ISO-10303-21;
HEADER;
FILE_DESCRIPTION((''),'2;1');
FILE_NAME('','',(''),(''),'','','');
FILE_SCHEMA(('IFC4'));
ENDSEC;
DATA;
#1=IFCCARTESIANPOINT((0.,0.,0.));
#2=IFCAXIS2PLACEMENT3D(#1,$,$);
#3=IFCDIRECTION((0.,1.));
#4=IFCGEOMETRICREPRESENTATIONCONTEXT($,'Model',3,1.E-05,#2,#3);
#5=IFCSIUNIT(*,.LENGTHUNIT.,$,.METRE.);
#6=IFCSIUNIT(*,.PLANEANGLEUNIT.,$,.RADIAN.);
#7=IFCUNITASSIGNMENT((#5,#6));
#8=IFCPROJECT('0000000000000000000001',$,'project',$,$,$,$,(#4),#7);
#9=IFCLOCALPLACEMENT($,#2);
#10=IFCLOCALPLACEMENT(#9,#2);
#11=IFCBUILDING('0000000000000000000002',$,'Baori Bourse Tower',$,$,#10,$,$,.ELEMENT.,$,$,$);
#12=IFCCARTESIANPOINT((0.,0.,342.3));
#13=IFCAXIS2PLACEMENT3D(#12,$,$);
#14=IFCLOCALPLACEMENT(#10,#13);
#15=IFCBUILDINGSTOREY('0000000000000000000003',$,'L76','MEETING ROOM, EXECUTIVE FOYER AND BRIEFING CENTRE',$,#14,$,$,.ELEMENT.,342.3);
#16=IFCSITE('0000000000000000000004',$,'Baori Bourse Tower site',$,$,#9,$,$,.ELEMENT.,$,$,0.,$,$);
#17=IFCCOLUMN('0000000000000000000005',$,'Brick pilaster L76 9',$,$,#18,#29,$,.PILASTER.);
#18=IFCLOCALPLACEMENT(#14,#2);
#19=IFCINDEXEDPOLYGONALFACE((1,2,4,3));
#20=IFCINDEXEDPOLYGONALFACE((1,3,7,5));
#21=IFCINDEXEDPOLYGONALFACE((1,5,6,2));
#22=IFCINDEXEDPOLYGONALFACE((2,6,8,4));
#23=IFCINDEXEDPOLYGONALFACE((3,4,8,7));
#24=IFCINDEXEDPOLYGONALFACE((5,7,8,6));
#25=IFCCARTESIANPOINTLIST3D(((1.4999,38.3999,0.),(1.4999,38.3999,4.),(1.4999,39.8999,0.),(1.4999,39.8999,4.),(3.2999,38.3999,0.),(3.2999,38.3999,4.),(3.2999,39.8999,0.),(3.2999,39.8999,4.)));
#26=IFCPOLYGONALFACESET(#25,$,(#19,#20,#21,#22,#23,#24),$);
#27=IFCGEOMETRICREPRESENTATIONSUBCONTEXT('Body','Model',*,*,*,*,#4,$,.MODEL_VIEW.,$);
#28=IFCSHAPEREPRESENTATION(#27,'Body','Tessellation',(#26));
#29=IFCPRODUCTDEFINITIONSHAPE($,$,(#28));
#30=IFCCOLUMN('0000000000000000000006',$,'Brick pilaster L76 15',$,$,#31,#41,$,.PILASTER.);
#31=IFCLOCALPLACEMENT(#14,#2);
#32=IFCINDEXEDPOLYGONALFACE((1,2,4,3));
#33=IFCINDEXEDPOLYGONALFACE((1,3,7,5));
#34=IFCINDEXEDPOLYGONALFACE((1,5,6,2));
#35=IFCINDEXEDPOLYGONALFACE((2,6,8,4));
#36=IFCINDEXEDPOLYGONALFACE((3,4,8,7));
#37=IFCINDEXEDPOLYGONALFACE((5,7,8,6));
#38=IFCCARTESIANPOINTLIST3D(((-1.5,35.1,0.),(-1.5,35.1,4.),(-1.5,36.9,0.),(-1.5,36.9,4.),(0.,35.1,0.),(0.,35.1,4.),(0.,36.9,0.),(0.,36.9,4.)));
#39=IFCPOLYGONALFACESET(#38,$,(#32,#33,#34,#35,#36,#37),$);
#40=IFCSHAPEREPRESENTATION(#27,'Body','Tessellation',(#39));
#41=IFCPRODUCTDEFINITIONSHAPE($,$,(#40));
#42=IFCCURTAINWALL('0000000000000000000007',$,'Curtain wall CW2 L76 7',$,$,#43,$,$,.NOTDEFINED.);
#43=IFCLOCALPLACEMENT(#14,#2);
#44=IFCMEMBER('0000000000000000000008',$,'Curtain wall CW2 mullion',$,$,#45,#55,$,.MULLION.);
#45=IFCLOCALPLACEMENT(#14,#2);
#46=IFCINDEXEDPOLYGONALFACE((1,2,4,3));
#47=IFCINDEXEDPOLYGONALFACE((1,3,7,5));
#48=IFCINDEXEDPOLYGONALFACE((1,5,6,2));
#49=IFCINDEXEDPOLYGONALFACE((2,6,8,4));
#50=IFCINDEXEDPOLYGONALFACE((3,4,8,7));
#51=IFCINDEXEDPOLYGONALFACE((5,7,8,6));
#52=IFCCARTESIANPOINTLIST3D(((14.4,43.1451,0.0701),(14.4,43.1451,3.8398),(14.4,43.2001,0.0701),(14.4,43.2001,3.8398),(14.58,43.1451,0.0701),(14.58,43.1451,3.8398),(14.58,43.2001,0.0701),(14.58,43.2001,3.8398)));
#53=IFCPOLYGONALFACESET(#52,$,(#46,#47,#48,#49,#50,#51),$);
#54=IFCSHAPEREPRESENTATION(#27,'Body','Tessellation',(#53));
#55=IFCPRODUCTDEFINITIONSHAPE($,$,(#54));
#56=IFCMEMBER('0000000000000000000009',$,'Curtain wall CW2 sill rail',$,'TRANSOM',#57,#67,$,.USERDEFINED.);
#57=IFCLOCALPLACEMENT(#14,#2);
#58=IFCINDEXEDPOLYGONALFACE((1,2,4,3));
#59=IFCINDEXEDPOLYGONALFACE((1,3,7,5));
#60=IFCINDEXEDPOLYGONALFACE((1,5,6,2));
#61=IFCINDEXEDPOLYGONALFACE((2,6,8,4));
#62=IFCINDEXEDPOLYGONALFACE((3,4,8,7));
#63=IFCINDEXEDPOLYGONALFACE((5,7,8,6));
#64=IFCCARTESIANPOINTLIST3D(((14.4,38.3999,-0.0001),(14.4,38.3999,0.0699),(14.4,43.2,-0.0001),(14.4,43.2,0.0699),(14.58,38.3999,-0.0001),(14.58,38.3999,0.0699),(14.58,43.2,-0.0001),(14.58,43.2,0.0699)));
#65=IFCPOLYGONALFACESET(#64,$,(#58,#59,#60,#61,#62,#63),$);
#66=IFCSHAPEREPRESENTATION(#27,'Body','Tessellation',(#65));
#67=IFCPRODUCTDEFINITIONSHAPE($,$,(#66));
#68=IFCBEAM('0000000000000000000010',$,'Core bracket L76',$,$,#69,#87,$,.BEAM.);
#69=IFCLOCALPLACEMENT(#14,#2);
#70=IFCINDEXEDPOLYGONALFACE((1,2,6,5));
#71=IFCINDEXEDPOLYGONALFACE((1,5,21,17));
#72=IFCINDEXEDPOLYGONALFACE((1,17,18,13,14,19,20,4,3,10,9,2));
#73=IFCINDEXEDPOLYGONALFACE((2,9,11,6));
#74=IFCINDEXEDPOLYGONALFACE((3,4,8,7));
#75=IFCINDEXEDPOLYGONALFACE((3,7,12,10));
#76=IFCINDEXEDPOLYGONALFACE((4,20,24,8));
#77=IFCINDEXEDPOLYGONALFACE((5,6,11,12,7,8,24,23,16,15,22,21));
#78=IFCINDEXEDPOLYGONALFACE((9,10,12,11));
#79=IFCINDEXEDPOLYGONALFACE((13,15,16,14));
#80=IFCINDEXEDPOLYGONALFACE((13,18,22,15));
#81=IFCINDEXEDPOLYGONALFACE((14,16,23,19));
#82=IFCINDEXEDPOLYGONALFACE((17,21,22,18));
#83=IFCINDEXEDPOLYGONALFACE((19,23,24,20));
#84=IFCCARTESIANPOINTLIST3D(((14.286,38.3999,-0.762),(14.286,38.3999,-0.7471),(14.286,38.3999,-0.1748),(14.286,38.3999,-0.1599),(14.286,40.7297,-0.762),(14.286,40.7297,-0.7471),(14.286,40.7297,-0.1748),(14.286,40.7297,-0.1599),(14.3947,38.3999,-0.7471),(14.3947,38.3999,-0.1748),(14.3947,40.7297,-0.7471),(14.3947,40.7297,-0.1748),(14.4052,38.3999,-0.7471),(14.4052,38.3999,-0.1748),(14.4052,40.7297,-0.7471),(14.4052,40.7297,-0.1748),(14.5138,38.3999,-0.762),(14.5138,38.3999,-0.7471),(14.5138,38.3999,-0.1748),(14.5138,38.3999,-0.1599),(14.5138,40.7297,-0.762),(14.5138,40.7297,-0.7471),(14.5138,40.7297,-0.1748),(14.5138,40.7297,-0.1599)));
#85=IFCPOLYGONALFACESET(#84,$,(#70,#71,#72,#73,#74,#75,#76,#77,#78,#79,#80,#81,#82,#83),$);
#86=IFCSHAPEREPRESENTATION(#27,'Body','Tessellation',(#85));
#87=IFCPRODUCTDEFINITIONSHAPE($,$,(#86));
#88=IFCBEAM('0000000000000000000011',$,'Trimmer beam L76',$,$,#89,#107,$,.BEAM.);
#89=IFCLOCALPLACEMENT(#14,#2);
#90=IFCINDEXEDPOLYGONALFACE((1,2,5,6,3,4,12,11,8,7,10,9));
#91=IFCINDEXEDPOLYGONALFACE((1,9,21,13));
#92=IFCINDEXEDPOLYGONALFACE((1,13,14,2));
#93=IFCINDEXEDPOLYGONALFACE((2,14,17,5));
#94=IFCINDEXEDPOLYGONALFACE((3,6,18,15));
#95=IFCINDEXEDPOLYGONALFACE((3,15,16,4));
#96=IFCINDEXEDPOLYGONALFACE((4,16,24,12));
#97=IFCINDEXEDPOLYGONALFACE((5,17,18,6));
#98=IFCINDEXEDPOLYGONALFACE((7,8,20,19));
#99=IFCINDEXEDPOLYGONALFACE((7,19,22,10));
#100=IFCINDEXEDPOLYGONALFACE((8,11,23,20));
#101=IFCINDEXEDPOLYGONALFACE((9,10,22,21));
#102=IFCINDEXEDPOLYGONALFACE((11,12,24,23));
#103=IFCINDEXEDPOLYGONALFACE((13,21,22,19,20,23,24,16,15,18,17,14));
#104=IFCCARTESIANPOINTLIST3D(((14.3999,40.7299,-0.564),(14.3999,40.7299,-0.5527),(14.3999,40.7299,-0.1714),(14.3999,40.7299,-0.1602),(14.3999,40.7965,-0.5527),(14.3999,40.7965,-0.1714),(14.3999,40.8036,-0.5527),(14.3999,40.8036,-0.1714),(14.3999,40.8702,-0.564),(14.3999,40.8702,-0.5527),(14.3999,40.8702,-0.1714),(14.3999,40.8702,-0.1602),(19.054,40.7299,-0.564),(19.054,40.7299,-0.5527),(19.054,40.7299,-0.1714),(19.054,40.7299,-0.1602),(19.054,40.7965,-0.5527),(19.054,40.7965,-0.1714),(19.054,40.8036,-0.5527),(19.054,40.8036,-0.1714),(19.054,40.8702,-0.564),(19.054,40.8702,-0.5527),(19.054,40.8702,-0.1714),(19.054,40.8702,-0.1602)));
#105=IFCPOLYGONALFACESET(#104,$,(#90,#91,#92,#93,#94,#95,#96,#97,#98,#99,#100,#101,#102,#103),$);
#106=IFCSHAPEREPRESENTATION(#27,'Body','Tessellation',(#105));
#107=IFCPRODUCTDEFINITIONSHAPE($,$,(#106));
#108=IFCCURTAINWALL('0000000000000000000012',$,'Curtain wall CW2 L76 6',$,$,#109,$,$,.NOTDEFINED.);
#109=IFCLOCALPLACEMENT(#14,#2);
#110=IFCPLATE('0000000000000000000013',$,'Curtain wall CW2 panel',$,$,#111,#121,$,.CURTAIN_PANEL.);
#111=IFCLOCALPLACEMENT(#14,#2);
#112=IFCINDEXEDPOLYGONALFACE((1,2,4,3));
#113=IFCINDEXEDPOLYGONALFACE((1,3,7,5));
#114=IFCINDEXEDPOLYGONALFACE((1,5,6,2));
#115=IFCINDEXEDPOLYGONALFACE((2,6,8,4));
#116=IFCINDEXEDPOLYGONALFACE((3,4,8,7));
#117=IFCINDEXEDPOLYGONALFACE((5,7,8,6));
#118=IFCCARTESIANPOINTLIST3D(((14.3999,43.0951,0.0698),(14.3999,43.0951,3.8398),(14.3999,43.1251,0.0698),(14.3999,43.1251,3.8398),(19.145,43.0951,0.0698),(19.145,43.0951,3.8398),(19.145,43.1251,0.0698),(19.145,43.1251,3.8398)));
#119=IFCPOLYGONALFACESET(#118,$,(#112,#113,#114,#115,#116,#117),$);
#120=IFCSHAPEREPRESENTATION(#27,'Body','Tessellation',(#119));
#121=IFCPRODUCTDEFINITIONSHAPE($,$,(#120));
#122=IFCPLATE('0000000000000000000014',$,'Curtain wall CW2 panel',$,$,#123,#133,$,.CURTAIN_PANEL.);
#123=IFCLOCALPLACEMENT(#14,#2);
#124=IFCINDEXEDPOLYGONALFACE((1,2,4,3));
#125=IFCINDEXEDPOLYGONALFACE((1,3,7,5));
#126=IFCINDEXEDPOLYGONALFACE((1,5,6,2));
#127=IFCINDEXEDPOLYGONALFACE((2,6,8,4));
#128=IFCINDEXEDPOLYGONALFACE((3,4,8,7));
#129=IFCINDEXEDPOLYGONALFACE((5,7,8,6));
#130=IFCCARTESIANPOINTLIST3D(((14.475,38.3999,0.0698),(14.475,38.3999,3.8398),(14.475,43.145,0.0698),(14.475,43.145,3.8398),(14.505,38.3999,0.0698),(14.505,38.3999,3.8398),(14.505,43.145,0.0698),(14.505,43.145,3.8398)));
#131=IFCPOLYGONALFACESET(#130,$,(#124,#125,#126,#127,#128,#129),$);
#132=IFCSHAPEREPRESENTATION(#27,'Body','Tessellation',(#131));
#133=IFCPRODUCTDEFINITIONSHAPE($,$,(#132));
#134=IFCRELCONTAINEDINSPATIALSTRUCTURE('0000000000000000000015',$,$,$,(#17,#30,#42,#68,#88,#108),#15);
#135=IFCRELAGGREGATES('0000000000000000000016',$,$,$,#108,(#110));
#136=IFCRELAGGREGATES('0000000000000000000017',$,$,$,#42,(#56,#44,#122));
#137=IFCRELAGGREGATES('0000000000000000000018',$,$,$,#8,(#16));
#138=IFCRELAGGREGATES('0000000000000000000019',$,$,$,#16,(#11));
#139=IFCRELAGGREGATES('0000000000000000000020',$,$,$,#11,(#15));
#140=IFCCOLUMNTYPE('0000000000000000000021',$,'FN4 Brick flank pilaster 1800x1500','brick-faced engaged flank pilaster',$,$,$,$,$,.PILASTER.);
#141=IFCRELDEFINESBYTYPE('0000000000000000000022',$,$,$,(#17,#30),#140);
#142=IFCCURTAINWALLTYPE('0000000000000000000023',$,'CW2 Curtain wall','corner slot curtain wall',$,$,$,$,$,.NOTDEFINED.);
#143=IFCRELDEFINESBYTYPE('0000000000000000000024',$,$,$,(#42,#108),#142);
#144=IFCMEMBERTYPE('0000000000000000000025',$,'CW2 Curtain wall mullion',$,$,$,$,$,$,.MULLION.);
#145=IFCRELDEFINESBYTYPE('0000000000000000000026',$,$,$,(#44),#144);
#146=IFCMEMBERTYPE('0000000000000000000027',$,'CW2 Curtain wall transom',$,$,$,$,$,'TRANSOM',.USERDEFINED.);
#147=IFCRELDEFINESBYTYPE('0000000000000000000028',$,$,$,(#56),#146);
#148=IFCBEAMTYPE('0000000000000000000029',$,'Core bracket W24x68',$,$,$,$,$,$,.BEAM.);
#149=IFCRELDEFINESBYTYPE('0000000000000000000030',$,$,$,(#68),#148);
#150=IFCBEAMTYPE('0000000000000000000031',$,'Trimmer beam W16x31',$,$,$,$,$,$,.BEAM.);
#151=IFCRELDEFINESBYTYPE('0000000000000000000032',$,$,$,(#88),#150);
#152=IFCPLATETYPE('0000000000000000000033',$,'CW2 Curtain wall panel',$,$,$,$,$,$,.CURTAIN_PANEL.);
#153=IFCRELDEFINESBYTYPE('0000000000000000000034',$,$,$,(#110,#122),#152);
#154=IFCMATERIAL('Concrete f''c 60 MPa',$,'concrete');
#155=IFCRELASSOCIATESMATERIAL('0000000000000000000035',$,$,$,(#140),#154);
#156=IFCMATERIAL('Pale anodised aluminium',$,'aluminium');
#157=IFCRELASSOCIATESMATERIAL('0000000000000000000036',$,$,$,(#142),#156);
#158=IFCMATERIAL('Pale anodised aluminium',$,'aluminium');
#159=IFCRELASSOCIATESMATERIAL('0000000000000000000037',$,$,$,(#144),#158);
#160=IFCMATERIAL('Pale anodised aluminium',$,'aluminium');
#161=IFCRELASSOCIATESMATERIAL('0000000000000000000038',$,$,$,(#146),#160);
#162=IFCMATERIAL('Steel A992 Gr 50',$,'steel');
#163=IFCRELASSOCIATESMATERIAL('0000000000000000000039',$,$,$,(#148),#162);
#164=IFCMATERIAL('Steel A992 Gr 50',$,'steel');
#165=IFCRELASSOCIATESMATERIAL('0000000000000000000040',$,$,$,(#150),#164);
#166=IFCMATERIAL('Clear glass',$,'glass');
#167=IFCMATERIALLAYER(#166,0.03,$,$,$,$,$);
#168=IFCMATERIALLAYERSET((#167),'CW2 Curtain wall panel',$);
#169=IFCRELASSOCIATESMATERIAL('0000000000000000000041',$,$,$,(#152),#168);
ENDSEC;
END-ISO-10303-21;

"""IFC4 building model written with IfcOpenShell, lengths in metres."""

from ifc_helpers import new_model, si_unit, direction, frame, origin, origin_2d, place, context, subcontext, project, spatial, rectangle, i_section, extrude, material, layer, layer_set, material_profile, profile_set, type_object, element, aggregate, save


model = new_model("IFC4")

# Units and contexts
model_context = context("Model", 3, precision=1e-05, world=origin(), true_north=direction((0.0, 1.0)))
body_context = subcontext(model_context, "Body", "Model", "MODEL_VIEW")
ifc_project = project(units=[si_unit("LENGTHUNIT", "METRE"), si_unit("PLANEANGLEUNIT", "RADIAN")], contexts=[model_context])

# Site, building, storey
site_placement = place(None, origin())
site = spatial("IfcSite", under=ifc_project, at=site_placement, Name="Baori Bourse Tower site", CompositionType="ELEMENT", RefElevation=0.0)
building_placement = place(site_placement, origin())
building = spatial("IfcBuilding", under=site, at=building_placement, Name="Baori Bourse Tower", CompositionType="ELEMENT")
storey_placement = place(building_placement, frame((0.0, 0.0, 342.3)))
storey = spatial("IfcBuildingStorey", under=building, at=storey_placement, Name="L76", Description="MEETING ROOM, EXECUTIVE FOYER AND BRIEFING CENTRE", CompositionType="ELEMENT", Elevation=342.3)

# Columns
ifc_material_1 = material(Name="Concrete f'c 60 MPa", Category="concrete")
ifc_material_profile_1 = material_profile(ifc_material_1, rectangle(XDim=1.8, YDim=1.5, at=origin_2d()), Name="RC 1800x1500")
ifc_profile_set_1 = profile_set([ifc_material_profile_1], Name="Concrete f'c 60 MPa")
column_type = type_object("IfcColumnType", Name="FN4 Brick flank pilaster 1800x1500", Description="brick-faced engaged flank pilaster", PredefinedType="PILASTER", material=ifc_profile_set_1)
for number, where, z_axis, x_axis, name in (
    (1, (2.3999, 39.1499, 0.0), (0.0, 0.0, 1.0), (1.0, 0.0, 0.0), "Brick pilaster L76 9"),
    (2, (-0.75, 36.0, 0.0), (0.0, 0.0, 1.0), (0.0, 1.0, 0.0), "Brick pilaster L76 15"),
):
    element("IfcColumn", number, at=place(storey_placement, frame(where, z_axis=z_axis, x_axis=x_axis)), inside=storey, type_object=column_type, Name=name, PredefinedType="PILASTER", context=body_context, shape_type="SweptSolid", body=[
        extrude(rectangle(XDim=1.8, YDim=1.5, at=origin_2d()), origin(), (0.0, 0.0, 1.0), 4.0),
    ])

# Curtain wall, members
ifc_material_2 = material(Name="Pale anodised aluminium", Category="aluminium")
curtain_wall_type = type_object("IfcCurtainWallType", Name="CW2 Curtain wall", Description="corner slot curtain wall", PredefinedType="NOTDEFINED", material=ifc_material_2)
curtain_wall_1_placement = place(storey_placement, origin())
curtain_wall_1 = element("IfcCurtainWall", 3, at=curtain_wall_1_placement, inside=storey, type_object=curtain_wall_type, Name="Curtain wall CW2 L76 7", PredefinedType="NOTDEFINED")
ifc_material_3 = material(Name="Pale anodised aluminium", Category="aluminium")
ifc_material_profile_2 = material_profile(ifc_material_3, rectangle(XDim=0.1799, YDim=0.0549, at=origin_2d()), Name="Mullion 55x180")
ifc_profile_set_2 = profile_set([ifc_material_profile_2], Name="Pale anodised aluminium")
member_type_1 = type_object("IfcMemberType", Name="CW2 Curtain wall mullion", PredefinedType="MULLION", material=ifc_profile_set_2)
member_1_placement = place(storey_placement, frame((14.49, 43.1726, 0.0701), z_axis=(0.0, 0.0, 1.0), x_axis=(1.0, 0.0, 0.0)))
member_1 = element("IfcMember", 4, at=member_1_placement, type_object=member_type_1, Name="Curtain wall CW2 mullion", PredefinedType="MULLION", context=body_context, shape_type="SweptSolid", body=[
    extrude(rectangle(XDim=0.1799, YDim=0.0549, at=origin_2d()), origin(), (0.0, 0.0, 1.0), 3.7698),
])
ifc_material_4 = material(Name="Pale anodised aluminium", Category="aluminium")
ifc_material_profile_3 = material_profile(ifc_material_4, rectangle(XDim=0.1799, YDim=0.0701, at=origin_2d()), Name="Transom 70x180")
ifc_profile_set_3 = profile_set([ifc_material_profile_3], Name="Pale anodised aluminium")
member_type_2 = type_object("IfcMemberType", Name="CW2 Curtain wall transom", ElementType="TRANSOM", PredefinedType="USERDEFINED", material=ifc_profile_set_3)
member_2_placement = place(storey_placement, frame((14.49, 43.2, 0.0349), z_axis=(0.0, -1.0, 0.0), x_axis=(1.0, 0.0, 0.0)))
member_2 = element("IfcMember", 5, at=member_2_placement, type_object=member_type_2, Name="Curtain wall CW2 sill rail", ObjectType="TRANSOM", PredefinedType="USERDEFINED", context=body_context, shape_type="SweptSolid", body=[
    extrude(rectangle(XDim=0.1799, YDim=0.0701, at=origin_2d()), origin(), (0.0, 0.0, 1.0), 4.8),
])

# Beams
ifc_material_5 = material(Name="Steel A992 Gr 50", Category="steel")
ifc_material_profile_4 = material_profile(ifc_material_5, i_section(OverallWidth=0.2278, OverallDepth=0.6021, WebThickness=0.0105, FlangeThickness=0.0149, at=origin_2d()), Name="W24x68")
ifc_profile_set_4 = profile_set([ifc_material_profile_4], Name="Steel A992 Gr 50")
beam_type_1 = type_object("IfcBeamType", Name="Core bracket W24x68", PredefinedType="BEAM", material=ifc_profile_set_4)
beam_1_placement = place(storey_placement, frame((14.3999, 38.3999, -0.4609), z_axis=(0.0, 1.0, 0.0), x_axis=(-1.0, 0.0, 0.0)))
element("IfcBeam", 6, at=beam_1_placement, inside=storey, type_object=beam_type_1, Name="Core bracket L76", PredefinedType="BEAM", context=body_context, shape_type="SweptSolid", body=[
    extrude(i_section(OverallWidth=0.2278, OverallDepth=0.6021, WebThickness=0.0105, FlangeThickness=0.0149, at=origin_2d()), origin(), (0.0, 0.0, 1.0), 2.3298),
])
ifc_material_6 = material(Name="Steel A992 Gr 50", Category="steel")
ifc_material_profile_5 = material_profile(ifc_material_6, i_section(OverallWidth=0.1404, OverallDepth=0.4038, WebThickness=0.0071, FlangeThickness=0.0112, at=origin_2d()), Name="W16x31")
ifc_profile_set_5 = profile_set([ifc_material_profile_5], Name="Steel A992 Gr 50")
beam_type_2 = type_object("IfcBeamType", Name="Trimmer beam W16x31", PredefinedType="BEAM", material=ifc_profile_set_5)
beam_2_placement = place(storey_placement, frame((14.3999, 40.8, -0.3621), z_axis=(1.0, 0.0, 0.0), x_axis=(0.0, 1.0, 0.0)))
element("IfcBeam", 7, at=beam_2_placement, inside=storey, type_object=beam_type_2, Name="Trimmer beam L76", PredefinedType="BEAM", context=body_context, shape_type="SweptSolid", body=[
    extrude(i_section(OverallWidth=0.1404, OverallDepth=0.4038, WebThickness=0.0071, FlangeThickness=0.0112, at=origin_2d()), origin(), (0.0, 0.0, 1.0), 4.6541),
])

# Curtain wall, plate
curtain_wall_2_placement = place(storey_placement, origin())
curtain_wall_2 = element("IfcCurtainWall", 8, at=curtain_wall_2_placement, inside=storey, type_object=curtain_wall_type, Name="Curtain wall CW2 L76 6", PredefinedType="NOTDEFINED")
ifc_material_7 = material(Name="Clear glass", Category="glass")
ifc_layer_1 = layer(ifc_material_7, 0.03)
ifc_layer_set_1 = layer_set([ifc_layer_1], Name="CW2 Curtain wall panel")
plate_type = type_object("IfcPlateType", Name="CW2 Curtain wall panel", PredefinedType="CURTAIN_PANEL", material=ifc_layer_set_1)
plate_1_placement = place(storey_placement, frame((16.7725, 43.1101, 0.0698), z_axis=(0.0, 0.0, 1.0), x_axis=(-1.0, 0.0, 0.0)))
plate_1 = element("IfcPlate", 9, at=plate_1_placement, type_object=plate_type, Name="Curtain wall CW2 panel", PredefinedType="CURTAIN_PANEL", context=body_context, shape_type="SweptSolid", body=[
    extrude(rectangle(XDim=4.7451, YDim=0.03, at=origin_2d()), origin(), (0.0, 0.0, 1.0), 3.77),
])
aggregate(curtain_wall_2, [plate_1])

# Plate
plate_2_placement = place(storey_placement, frame((14.49, 40.7725, 0.0698), z_axis=(0.0, 0.0, 1.0), x_axis=(0.0, -1.0, 0.0)))
plate_2 = element("IfcPlate", 10, at=plate_2_placement, type_object=plate_type, Name="Curtain wall CW2 panel", PredefinedType="CURTAIN_PANEL", context=body_context, shape_type="SweptSolid", body=[
    extrude(rectangle(XDim=4.7451, YDim=0.03, at=origin_2d()), origin(), (0.0, 0.0, 1.0), 3.77),
])
aggregate(curtain_wall_1, [member_2, member_1, plate_2])

save(model, "model.ifc")
